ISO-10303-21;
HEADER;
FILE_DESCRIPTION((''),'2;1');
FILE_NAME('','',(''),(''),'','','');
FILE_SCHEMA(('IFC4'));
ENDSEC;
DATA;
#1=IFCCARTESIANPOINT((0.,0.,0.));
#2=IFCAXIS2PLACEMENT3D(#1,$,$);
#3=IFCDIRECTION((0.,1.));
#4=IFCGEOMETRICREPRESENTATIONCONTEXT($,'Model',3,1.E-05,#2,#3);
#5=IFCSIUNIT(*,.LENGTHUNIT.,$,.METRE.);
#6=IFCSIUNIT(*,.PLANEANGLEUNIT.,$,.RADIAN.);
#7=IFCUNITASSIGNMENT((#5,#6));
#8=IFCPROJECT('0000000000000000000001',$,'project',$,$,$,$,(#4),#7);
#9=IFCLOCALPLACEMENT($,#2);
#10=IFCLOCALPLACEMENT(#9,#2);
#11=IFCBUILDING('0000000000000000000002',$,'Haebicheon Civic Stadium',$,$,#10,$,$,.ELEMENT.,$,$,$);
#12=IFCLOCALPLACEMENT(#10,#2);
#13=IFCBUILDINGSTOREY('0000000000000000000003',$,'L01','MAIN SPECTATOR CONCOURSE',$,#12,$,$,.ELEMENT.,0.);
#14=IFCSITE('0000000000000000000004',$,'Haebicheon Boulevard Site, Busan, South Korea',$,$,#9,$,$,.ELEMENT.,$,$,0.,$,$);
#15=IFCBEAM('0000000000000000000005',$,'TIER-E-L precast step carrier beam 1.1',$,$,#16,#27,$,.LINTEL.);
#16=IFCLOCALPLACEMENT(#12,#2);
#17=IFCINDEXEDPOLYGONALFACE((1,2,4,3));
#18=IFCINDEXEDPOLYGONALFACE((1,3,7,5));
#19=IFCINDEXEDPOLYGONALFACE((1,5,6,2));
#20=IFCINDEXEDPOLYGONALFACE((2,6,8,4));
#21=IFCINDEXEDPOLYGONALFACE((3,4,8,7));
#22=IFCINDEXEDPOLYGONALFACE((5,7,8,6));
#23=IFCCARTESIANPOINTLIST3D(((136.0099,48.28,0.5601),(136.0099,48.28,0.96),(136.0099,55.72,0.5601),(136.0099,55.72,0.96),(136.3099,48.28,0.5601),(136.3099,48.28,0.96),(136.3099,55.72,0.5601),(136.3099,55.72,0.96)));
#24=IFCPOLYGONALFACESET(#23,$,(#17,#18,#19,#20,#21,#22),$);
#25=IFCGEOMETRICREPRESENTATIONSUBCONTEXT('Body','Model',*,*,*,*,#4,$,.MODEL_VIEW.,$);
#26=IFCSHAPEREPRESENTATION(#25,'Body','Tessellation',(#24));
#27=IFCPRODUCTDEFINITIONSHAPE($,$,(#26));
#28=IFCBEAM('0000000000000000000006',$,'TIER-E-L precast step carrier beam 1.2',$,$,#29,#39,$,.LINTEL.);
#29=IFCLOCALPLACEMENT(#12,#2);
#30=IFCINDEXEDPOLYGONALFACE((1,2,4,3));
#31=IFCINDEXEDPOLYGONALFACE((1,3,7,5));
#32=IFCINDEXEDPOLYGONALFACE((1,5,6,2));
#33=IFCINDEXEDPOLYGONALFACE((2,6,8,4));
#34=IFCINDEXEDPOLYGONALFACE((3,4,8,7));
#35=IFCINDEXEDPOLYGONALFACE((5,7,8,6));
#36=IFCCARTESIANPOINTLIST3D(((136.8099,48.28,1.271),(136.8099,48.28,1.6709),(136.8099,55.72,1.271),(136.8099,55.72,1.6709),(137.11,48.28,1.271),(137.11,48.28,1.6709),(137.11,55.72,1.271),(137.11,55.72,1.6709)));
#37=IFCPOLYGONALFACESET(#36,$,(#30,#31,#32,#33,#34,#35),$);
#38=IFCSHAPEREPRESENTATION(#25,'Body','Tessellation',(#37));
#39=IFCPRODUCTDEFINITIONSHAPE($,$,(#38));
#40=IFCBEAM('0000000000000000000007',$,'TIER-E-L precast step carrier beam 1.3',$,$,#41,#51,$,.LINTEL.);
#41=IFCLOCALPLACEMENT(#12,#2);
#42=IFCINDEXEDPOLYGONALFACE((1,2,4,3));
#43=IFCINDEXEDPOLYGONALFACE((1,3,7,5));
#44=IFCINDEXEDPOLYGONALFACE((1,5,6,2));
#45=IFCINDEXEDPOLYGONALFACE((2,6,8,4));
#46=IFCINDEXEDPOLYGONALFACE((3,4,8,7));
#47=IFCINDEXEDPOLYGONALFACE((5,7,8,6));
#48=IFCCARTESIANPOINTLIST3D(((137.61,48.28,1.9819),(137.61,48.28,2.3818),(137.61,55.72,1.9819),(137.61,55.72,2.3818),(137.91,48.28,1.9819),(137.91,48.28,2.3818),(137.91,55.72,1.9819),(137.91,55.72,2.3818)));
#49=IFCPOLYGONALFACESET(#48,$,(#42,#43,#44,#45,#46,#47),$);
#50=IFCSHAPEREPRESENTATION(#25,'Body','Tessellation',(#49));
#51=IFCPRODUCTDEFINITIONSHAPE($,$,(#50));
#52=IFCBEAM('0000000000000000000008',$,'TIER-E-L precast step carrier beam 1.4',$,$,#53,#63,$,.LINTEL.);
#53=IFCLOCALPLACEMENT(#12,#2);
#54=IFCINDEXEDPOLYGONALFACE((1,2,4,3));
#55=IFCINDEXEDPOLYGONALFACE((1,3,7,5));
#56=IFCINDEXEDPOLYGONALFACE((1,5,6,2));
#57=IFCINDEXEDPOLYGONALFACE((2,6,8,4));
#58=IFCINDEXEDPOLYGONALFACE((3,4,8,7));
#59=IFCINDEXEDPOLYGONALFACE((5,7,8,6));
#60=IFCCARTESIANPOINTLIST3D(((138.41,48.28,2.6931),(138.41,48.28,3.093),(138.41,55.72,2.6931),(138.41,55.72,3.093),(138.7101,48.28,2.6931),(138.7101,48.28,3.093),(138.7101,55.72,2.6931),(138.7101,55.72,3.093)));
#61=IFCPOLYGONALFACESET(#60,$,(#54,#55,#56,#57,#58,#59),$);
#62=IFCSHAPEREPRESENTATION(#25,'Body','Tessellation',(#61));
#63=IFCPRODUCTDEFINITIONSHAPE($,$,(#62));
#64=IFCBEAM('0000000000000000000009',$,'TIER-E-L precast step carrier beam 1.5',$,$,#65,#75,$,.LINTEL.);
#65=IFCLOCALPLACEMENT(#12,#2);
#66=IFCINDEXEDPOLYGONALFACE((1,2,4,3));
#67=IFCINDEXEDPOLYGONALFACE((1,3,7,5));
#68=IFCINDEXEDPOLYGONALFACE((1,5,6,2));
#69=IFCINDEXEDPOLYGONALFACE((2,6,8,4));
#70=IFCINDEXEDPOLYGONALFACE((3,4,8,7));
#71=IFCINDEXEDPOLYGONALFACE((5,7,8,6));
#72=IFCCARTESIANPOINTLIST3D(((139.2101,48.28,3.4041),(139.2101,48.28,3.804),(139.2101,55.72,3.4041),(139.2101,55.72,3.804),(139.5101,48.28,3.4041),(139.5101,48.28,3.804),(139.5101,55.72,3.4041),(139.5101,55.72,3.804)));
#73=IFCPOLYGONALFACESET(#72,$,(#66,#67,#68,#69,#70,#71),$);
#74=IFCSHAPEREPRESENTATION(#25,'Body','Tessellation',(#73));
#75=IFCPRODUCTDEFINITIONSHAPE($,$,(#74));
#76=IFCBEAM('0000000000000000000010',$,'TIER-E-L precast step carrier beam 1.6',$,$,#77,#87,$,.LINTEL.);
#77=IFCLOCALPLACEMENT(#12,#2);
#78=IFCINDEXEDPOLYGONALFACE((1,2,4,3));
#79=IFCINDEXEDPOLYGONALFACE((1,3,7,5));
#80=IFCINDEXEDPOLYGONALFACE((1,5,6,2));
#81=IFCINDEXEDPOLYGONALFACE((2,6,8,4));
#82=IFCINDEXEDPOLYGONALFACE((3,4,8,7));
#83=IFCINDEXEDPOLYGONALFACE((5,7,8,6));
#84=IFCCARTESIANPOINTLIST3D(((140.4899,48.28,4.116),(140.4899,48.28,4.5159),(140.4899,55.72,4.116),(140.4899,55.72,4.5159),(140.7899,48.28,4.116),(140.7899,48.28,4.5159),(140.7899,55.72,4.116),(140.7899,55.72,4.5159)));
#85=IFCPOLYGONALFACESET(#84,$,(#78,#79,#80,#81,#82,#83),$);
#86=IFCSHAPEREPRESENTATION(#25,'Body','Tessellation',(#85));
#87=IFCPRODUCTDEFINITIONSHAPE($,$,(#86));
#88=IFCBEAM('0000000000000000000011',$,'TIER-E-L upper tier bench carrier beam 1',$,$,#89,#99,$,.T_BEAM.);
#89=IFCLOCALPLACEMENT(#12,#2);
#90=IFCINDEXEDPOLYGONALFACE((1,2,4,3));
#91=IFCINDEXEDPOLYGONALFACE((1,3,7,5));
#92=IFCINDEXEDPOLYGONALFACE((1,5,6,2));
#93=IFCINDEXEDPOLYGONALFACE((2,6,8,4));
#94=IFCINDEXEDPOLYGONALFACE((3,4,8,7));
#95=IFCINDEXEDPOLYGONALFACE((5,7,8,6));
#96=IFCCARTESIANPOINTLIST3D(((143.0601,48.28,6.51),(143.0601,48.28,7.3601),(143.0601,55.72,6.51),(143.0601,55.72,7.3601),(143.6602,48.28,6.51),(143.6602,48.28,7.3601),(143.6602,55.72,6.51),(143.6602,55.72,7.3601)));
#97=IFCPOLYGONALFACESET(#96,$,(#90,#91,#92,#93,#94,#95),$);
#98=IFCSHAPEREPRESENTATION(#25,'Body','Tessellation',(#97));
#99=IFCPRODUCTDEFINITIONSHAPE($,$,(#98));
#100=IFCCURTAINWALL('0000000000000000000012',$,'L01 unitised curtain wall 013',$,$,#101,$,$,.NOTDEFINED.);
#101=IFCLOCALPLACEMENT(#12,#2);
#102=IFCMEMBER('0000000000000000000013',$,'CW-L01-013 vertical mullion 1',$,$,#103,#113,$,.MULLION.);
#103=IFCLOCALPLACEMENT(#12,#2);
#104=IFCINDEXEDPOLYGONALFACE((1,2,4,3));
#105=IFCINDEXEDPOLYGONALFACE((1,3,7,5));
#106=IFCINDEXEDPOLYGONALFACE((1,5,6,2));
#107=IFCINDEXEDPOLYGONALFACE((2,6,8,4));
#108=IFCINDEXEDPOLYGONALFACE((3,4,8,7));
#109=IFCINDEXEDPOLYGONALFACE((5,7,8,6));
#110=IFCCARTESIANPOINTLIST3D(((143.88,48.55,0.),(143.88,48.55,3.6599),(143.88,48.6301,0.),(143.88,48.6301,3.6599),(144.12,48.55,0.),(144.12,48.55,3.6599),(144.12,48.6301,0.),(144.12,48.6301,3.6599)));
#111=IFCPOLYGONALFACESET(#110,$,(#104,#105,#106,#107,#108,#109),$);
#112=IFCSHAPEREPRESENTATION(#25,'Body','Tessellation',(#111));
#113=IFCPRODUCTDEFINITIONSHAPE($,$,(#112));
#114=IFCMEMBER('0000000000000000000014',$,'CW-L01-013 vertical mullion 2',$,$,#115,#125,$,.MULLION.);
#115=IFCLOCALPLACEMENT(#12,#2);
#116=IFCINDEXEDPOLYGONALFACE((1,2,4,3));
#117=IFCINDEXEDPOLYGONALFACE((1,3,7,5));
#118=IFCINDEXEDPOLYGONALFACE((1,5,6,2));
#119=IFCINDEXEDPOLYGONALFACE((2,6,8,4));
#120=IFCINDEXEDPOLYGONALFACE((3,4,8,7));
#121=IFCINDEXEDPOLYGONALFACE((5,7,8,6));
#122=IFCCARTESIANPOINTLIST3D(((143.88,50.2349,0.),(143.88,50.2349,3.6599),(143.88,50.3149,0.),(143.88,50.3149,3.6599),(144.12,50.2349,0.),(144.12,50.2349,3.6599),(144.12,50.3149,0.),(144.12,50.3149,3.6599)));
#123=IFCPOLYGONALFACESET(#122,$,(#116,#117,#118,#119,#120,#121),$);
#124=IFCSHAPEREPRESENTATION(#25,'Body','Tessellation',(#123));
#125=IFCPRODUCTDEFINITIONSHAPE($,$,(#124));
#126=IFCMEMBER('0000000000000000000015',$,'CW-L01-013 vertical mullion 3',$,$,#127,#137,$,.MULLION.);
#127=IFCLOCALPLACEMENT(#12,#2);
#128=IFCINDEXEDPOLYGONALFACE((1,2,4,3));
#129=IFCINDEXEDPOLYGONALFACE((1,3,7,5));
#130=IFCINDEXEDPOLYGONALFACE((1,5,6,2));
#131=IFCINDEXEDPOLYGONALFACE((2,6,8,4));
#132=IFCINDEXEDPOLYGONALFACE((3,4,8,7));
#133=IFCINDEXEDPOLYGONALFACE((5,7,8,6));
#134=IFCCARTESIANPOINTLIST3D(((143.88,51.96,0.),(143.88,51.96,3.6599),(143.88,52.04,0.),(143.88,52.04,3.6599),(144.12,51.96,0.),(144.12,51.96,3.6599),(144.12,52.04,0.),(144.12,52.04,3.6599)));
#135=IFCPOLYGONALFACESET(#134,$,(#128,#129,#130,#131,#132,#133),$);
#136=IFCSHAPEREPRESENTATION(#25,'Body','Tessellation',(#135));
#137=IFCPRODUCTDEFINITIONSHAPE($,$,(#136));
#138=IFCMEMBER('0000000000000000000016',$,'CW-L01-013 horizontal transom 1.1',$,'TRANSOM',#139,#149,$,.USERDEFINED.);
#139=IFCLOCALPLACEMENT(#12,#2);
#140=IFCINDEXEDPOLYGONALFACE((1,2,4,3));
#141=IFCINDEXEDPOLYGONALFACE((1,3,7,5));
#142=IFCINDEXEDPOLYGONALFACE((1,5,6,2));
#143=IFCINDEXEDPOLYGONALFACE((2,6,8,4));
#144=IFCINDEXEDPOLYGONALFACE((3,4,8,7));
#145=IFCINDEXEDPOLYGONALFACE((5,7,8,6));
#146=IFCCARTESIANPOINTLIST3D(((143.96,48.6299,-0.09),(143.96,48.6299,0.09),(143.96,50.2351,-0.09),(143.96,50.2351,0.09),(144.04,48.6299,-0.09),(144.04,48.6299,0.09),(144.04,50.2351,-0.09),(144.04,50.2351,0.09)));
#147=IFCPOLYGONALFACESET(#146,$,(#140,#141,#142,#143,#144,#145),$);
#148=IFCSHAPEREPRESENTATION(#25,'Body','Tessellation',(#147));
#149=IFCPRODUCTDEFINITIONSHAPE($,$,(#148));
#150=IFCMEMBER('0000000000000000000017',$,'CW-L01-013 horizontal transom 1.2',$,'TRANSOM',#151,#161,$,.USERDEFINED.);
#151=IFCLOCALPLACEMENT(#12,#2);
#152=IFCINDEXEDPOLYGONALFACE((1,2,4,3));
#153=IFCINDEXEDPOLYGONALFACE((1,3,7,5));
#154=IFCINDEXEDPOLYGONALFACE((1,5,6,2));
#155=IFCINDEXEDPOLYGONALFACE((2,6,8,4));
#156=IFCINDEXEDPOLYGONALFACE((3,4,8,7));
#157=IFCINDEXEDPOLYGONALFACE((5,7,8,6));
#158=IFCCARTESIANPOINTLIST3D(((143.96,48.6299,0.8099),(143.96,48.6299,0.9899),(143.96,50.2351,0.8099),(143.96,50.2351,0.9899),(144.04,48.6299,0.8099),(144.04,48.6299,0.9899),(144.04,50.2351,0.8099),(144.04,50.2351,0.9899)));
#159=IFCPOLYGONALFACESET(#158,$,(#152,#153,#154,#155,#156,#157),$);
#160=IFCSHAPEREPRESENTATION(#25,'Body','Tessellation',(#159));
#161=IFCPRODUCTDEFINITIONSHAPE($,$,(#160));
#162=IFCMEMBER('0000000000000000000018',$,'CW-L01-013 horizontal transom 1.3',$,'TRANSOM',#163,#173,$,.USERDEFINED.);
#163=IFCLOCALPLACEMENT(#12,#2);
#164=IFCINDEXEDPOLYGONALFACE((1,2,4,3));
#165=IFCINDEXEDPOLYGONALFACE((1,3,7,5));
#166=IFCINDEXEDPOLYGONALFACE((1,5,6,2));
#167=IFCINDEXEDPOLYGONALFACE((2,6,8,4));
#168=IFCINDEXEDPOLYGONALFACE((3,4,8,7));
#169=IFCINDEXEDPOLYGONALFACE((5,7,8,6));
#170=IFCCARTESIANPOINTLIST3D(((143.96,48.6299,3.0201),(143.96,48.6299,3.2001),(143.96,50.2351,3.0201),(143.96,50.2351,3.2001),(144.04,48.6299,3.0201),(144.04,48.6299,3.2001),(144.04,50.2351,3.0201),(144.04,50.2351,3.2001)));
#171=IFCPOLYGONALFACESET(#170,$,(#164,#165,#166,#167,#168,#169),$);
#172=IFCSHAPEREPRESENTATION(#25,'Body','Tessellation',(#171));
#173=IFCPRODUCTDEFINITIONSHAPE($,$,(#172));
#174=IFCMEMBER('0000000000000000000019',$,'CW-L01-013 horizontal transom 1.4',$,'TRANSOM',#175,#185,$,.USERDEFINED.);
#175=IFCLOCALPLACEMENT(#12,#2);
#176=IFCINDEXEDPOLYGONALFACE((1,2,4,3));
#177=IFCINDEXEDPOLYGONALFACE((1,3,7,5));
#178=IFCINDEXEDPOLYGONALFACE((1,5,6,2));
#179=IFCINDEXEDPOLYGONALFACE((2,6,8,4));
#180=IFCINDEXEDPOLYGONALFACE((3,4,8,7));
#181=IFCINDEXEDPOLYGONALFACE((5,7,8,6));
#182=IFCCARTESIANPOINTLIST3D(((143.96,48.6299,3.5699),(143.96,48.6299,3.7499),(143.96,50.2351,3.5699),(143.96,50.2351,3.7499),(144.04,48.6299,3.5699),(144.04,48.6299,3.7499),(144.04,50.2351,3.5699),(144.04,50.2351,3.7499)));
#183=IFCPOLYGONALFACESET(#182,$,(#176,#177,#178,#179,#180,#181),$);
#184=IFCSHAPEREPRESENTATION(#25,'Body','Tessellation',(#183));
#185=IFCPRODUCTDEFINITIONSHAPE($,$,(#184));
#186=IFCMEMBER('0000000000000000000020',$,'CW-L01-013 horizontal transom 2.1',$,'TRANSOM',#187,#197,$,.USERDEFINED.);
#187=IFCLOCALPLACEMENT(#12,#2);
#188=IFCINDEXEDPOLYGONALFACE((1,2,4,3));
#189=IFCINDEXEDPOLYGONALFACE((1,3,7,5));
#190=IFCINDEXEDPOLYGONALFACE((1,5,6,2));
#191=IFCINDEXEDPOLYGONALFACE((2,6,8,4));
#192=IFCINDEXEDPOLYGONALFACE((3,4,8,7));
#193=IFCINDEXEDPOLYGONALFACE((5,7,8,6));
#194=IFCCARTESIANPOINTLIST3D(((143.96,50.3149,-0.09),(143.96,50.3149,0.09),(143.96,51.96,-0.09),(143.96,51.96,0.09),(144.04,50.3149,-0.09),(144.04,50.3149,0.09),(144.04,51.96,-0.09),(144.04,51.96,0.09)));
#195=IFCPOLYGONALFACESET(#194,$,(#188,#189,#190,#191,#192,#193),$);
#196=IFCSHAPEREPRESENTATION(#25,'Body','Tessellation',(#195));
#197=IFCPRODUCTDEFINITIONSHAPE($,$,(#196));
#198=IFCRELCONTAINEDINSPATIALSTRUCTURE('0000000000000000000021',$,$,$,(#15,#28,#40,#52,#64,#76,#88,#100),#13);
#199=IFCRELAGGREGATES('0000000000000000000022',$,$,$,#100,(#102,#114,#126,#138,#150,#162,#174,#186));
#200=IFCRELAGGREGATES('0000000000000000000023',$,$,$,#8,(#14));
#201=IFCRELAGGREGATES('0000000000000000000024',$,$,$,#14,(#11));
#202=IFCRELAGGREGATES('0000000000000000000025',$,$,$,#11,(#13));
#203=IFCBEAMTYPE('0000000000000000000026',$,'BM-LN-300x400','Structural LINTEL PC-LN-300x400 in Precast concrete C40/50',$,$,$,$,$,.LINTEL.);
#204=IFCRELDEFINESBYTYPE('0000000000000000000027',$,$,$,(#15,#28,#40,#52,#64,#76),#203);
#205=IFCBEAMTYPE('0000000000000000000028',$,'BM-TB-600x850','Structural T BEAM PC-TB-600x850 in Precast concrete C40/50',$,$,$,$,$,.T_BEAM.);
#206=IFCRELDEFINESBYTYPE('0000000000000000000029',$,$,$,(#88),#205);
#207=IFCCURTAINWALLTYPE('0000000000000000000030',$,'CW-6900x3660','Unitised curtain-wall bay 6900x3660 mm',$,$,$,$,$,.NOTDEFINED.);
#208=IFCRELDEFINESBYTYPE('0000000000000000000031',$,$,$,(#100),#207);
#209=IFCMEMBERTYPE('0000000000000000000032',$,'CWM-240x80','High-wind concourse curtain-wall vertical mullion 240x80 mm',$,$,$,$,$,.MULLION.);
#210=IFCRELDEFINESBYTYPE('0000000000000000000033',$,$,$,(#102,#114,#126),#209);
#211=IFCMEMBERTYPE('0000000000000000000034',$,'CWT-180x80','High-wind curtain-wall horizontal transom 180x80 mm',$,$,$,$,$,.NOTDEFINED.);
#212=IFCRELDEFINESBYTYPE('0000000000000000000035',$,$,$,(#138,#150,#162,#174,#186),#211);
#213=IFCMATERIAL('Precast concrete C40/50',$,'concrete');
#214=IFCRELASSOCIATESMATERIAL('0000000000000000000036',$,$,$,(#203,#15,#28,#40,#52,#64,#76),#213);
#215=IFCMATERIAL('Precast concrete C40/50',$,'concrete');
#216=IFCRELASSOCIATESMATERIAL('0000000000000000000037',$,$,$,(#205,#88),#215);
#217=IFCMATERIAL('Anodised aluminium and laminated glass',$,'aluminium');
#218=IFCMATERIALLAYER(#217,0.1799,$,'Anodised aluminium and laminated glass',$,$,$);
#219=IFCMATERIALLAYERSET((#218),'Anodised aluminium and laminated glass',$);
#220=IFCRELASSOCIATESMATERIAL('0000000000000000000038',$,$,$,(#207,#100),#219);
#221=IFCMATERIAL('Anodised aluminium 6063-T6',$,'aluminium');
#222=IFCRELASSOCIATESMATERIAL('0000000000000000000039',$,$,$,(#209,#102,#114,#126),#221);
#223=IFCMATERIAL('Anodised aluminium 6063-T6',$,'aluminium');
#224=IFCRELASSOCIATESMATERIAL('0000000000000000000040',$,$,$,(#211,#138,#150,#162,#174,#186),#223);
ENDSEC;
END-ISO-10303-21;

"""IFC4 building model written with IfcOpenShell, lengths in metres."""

from ifc_helpers import new_model, si_unit, direction, frame, origin, origin_2d, place, context, subcontext, project, spatial, rectangle, extrude, material, layer, layer_set, material_profile, profile_set, type_object, element, aggregate, save


model = new_model("IFC4")

# Units and contexts
model_context = context("Model", 3, precision=1e-05, world=origin(), true_north=direction((0.0, 1.0)))
body_context = subcontext(model_context, "Body", "Model", "MODEL_VIEW")
ifc_project = project(units=[si_unit("LENGTHUNIT", "METRE"), si_unit("PLANEANGLEUNIT", "RADIAN")], contexts=[model_context])

# Site, building, storey
site_placement = place(None, origin())
site = spatial("IfcSite", under=ifc_project, at=site_placement, Name="Haebicheon Boulevard Site, Busan, South Korea", CompositionType="ELEMENT", RefElevation=0.0)
building_placement = place(site_placement, origin())
building = spatial("IfcBuilding", under=site, at=building_placement, Name="Haebicheon Civic Stadium", CompositionType="ELEMENT")
storey_placement = place(building_placement, origin())
storey = spatial("IfcBuildingStorey", under=building, at=storey_placement, Name="L01", Description="MAIN SPECTATOR CONCOURSE", CompositionType="ELEMENT", Elevation=0.0)

# Beams
ifc_material_1 = material(Name="Precast concrete C40/50", Category="concrete")
ifc_material_profile_1 = material_profile(ifc_material_1, rectangle(XDim=0.3, YDim=0.3999, at=origin_2d()), Name="PC-LN-300x400")
ifc_profile_set_1 = profile_set([ifc_material_profile_1], Name="Precast concrete C40/50")
beam_type_1 = type_object("IfcBeamType", Name="BM-LN-300x400", Description="Structural LINTEL PC-LN-300x400 in Precast concrete C40/50", PredefinedType="LINTEL", material=ifc_profile_set_1)
for number, where, z_axis, x_axis, name in (
    (1, (136.1599, 48.28, 0.76), (0.0, 1.0, 0.0), (-1.0, 0.0, 0.0), "TIER-E-L precast step carrier beam 1.1"),
    (2, (136.96, 48.28, 1.4709), (0.0, 1.0, 0.0), (-1.0, 0.0, 0.0), "TIER-E-L precast step carrier beam 1.2"),
    (3, (137.76, 48.28, 2.1819), (0.0, 1.0, 0.0), (-1.0, 0.0, 0.0), "TIER-E-L precast step carrier beam 1.3"),
    (4, (138.5601, 48.28, 2.8931), (0.0, 1.0, 0.0), (-1.0, 0.0, 0.0), "TIER-E-L precast step carrier beam 1.4"),
    (5, (139.3601, 48.28, 3.604), (0.0, 1.0, 0.0), (-1.0, 0.0, 0.0), "TIER-E-L precast step carrier beam 1.5"),
    (6, (140.6399, 48.28, 4.3159), (0.0, 1.0, 0.0), (-1.0, 0.0, 0.0), "TIER-E-L precast step carrier beam 1.6"),
):
    element("IfcBeam", number, at=place(storey_placement, frame(where, z_axis=z_axis, x_axis=x_axis)), inside=storey, type_object=beam_type_1, material=ifc_profile_set_1, Name=name, PredefinedType="LINTEL", context=body_context, shape_type="SweptSolid", body=[
        extrude(rectangle(XDim=0.3, YDim=0.3999, at=origin_2d()), origin(), (0.0, 0.0, 1.0), 7.4399),
    ])
ifc_material_2 = material(Name="Precast concrete C40/50", Category="concrete")
ifc_material_profile_2 = material_profile(ifc_material_2, rectangle(XDim=0.6001, YDim=0.8501, at=origin_2d()), Name="PC-TB-600x850")
ifc_profile_set_2 = profile_set([ifc_material_profile_2], Name="Precast concrete C40/50")
beam_type_2 = type_object("IfcBeamType", Name="BM-TB-600x850", Description="Structural T BEAM PC-TB-600x850 in Precast concrete C40/50", PredefinedType="T_BEAM", material=ifc_profile_set_2)
beam_placement = place(storey_placement, frame((143.3601, 48.28, 6.9351), z_axis=(0.0, 1.0, 0.0), x_axis=(-1.0, 0.0, 0.0)))
element("IfcBeam", 7, at=beam_placement, inside=storey, type_object=beam_type_2, material=ifc_profile_set_2, Name="TIER-E-L upper tier bench carrier beam 1", PredefinedType="T_BEAM", context=body_context, shape_type="SweptSolid", body=[
    extrude(rectangle(XDim=0.6001, YDim=0.8501, at=origin_2d()), origin(), (0.0, 0.0, 1.0), 7.4399),
])

# Curtain wall, members
ifc_material_3 = material(Name="Anodised aluminium and laminated glass", Category="aluminium")
ifc_layer_1 = layer(ifc_material_3, 0.1799, Name="Anodised aluminium and laminated glass")
ifc_layer_set_1 = layer_set([ifc_layer_1], Name="Anodised aluminium and laminated glass")
curtain_wall_type = type_object("IfcCurtainWallType", Name="CW-6900x3660", Description="Unitised curtain-wall bay 6900x3660 mm", PredefinedType="NOTDEFINED", material=ifc_layer_set_1)
curtain_wall_placement = place(storey_placement, origin())
curtain_wall = element("IfcCurtainWall", 8, at=curtain_wall_placement, inside=storey, type_object=curtain_wall_type, material=ifc_layer_set_1, Name="L01 unitised curtain wall 013", PredefinedType="NOTDEFINED")
ifc_material_4 = material(Name="Anodised aluminium 6063-T6", Category="aluminium")
ifc_material_profile_3 = material_profile(ifc_material_4, rectangle(XDim=0.0801, YDim=0.24, at=origin_2d()), Name="ALU-MULL-80x240")
ifc_profile_set_3 = profile_set([ifc_material_profile_3], Name="Anodised aluminium 6063-T6")
member_type_1 = type_object("IfcMemberType", Name="CWM-240x80", Description="High-wind concourse curtain-wall vertical mullion 240x80 mm", PredefinedType="MULLION", material=ifc_profile_set_3)
member_1_placement = place(storey_placement, frame((144.0, 48.5901, 0.0), z_axis=(0.0, 0.0, 1.0), x_axis=(0.0, 1.0, 0.0)))
member_1 = element("IfcMember", 9, at=member_1_placement, type_object=member_type_1, material=ifc_profile_set_3, Name="CW-L01-013 vertical mullion 1", PredefinedType="MULLION", context=body_context, shape_type="SweptSolid", body=[
    extrude(rectangle(XDim=0.0801, YDim=0.24, at=origin_2d()), origin(), (0.0, 0.0, 1.0), 3.6599),
])
member_2_placement = place(storey_placement, frame((144.0, 50.2749, 0.0), z_axis=(0.0, 0.0, 1.0), x_axis=(0.0, 1.0, 0.0)))
member_2 = element("IfcMember", 10, at=member_2_placement, type_object=member_type_1, material=ifc_profile_set_3, Name="CW-L01-013 vertical mullion 2", PredefinedType="MULLION", context=body_context, shape_type="SweptSolid", body=[
    extrude(rectangle(XDim=0.0801, YDim=0.24, at=origin_2d()), origin(), (0.0, 0.0, 1.0), 3.6599),
])
member_3_placement = place(storey_placement, frame((144.0, 52.0, 0.0), z_axis=(0.0, 0.0, 1.0), x_axis=(0.0, 1.0, 0.0)))
member_3 = element("IfcMember", 11, at=member_3_placement, type_object=member_type_1, material=ifc_profile_set_3, Name="CW-L01-013 vertical mullion 3", PredefinedType="MULLION", context=body_context, shape_type="SweptSolid", body=[
    extrude(rectangle(XDim=0.0801, YDim=0.24, at=origin_2d()), origin(), (0.0, 0.0, 1.0), 3.6599),
])
ifc_material_5 = material(Name="Anodised aluminium 6063-T6", Category="aluminium")
ifc_material_profile_4 = material_profile(ifc_material_5, rectangle(XDim=0.0801, YDim=0.1799, at=origin_2d()), Name="ALU-TRAN-80x180")
ifc_profile_set_4 = profile_set([ifc_material_profile_4], Name="Anodised aluminium 6063-T6")
member_type_2 = type_object("IfcMemberType", Name="CWT-180x80", Description="High-wind curtain-wall horizontal transom 180x80 mm", PredefinedType="NOTDEFINED", material=ifc_profile_set_4)
member_4_placement = place(storey_placement, frame((144.0, 48.6299, 0.0), z_axis=(0.0, 1.0, 0.0), x_axis=(-1.0, 0.0, 0.0)))
member_4 = element("IfcMember", 12, at=member_4_placement, type_object=member_type_2, material=ifc_profile_set_4, Name="CW-L01-013 horizontal transom 1.1", ObjectType="TRANSOM", PredefinedType="USERDEFINED", context=body_context, shape_type="SweptSolid", body=[
    extrude(rectangle(XDim=0.0801, YDim=0.1799, at=origin_2d()), origin(), (0.0, 0.0, 1.0), 1.6052),
])
member_5_placement = place(storey_placement, frame((144.0, 48.6299, 0.8999), z_axis=(0.0, 1.0, 0.0), x_axis=(-1.0, 0.0, 0.0)))
member_5 = element("IfcMember", 13, at=member_5_placement, type_object=member_type_2, material=ifc_profile_set_4, Name="CW-L01-013 horizontal transom 1.2", ObjectType="TRANSOM", PredefinedType="USERDEFINED", context=body_context, shape_type="SweptSolid", body=[
    extrude(rectangle(XDim=0.0801, YDim=0.1799, at=origin_2d()), origin(), (0.0, 0.0, 1.0), 1.6052),
])
member_6_placement = place(storey_placement, frame((144.0, 48.6299, 3.1101), z_axis=(0.0, 1.0, 0.0), x_axis=(-1.0, 0.0, 0.0)))
member_6 = element("IfcMember", 14, at=member_6_placement, type_object=member_type_2, material=ifc_profile_set_4, Name="CW-L01-013 horizontal transom 1.3", ObjectType="TRANSOM", PredefinedType="USERDEFINED", context=body_context, shape_type="SweptSolid", body=[
    extrude(rectangle(XDim=0.0801, YDim=0.1799, at=origin_2d()), origin(), (0.0, 0.0, 1.0), 1.6052),
])
member_7_placement = place(storey_placement, frame((144.0, 48.6299, 3.6599), z_axis=(0.0, 1.0, 0.0), x_axis=(-1.0, 0.0, 0.0)))
member_7 = element("IfcMember", 15, at=member_7_placement, type_object=member_type_2, material=ifc_profile_set_4, Name="CW-L01-013 horizontal transom 1.4", ObjectType="TRANSOM", PredefinedType="USERDEFINED", context=body_context, shape_type="SweptSolid", body=[
    extrude(rectangle(XDim=0.0801, YDim=0.1799, at=origin_2d()), origin(), (0.0, 0.0, 1.0), 1.6052),
])
member_8_placement = place(storey_placement, frame((144.0, 50.3149, 0.0), z_axis=(0.0, 1.0, 0.0), x_axis=(-1.0, 0.0, 0.0)))
member_8 = element("IfcMember", 16, at=member_8_placement, type_object=member_type_2, material=ifc_profile_set_4, Name="CW-L01-013 horizontal transom 2.1", ObjectType="TRANSOM", PredefinedType="USERDEFINED", context=body_context, shape_type="SweptSolid", body=[
    extrude(rectangle(XDim=0.0801, YDim=0.1799, at=origin_2d()), origin(), (0.0, 0.0, 1.0), 1.645),
])
aggregate(curtain_wall, [member_1, member_2, member_3, member_4, member_5, member_6, member_7, member_8])

save(model, "model.ifc")
